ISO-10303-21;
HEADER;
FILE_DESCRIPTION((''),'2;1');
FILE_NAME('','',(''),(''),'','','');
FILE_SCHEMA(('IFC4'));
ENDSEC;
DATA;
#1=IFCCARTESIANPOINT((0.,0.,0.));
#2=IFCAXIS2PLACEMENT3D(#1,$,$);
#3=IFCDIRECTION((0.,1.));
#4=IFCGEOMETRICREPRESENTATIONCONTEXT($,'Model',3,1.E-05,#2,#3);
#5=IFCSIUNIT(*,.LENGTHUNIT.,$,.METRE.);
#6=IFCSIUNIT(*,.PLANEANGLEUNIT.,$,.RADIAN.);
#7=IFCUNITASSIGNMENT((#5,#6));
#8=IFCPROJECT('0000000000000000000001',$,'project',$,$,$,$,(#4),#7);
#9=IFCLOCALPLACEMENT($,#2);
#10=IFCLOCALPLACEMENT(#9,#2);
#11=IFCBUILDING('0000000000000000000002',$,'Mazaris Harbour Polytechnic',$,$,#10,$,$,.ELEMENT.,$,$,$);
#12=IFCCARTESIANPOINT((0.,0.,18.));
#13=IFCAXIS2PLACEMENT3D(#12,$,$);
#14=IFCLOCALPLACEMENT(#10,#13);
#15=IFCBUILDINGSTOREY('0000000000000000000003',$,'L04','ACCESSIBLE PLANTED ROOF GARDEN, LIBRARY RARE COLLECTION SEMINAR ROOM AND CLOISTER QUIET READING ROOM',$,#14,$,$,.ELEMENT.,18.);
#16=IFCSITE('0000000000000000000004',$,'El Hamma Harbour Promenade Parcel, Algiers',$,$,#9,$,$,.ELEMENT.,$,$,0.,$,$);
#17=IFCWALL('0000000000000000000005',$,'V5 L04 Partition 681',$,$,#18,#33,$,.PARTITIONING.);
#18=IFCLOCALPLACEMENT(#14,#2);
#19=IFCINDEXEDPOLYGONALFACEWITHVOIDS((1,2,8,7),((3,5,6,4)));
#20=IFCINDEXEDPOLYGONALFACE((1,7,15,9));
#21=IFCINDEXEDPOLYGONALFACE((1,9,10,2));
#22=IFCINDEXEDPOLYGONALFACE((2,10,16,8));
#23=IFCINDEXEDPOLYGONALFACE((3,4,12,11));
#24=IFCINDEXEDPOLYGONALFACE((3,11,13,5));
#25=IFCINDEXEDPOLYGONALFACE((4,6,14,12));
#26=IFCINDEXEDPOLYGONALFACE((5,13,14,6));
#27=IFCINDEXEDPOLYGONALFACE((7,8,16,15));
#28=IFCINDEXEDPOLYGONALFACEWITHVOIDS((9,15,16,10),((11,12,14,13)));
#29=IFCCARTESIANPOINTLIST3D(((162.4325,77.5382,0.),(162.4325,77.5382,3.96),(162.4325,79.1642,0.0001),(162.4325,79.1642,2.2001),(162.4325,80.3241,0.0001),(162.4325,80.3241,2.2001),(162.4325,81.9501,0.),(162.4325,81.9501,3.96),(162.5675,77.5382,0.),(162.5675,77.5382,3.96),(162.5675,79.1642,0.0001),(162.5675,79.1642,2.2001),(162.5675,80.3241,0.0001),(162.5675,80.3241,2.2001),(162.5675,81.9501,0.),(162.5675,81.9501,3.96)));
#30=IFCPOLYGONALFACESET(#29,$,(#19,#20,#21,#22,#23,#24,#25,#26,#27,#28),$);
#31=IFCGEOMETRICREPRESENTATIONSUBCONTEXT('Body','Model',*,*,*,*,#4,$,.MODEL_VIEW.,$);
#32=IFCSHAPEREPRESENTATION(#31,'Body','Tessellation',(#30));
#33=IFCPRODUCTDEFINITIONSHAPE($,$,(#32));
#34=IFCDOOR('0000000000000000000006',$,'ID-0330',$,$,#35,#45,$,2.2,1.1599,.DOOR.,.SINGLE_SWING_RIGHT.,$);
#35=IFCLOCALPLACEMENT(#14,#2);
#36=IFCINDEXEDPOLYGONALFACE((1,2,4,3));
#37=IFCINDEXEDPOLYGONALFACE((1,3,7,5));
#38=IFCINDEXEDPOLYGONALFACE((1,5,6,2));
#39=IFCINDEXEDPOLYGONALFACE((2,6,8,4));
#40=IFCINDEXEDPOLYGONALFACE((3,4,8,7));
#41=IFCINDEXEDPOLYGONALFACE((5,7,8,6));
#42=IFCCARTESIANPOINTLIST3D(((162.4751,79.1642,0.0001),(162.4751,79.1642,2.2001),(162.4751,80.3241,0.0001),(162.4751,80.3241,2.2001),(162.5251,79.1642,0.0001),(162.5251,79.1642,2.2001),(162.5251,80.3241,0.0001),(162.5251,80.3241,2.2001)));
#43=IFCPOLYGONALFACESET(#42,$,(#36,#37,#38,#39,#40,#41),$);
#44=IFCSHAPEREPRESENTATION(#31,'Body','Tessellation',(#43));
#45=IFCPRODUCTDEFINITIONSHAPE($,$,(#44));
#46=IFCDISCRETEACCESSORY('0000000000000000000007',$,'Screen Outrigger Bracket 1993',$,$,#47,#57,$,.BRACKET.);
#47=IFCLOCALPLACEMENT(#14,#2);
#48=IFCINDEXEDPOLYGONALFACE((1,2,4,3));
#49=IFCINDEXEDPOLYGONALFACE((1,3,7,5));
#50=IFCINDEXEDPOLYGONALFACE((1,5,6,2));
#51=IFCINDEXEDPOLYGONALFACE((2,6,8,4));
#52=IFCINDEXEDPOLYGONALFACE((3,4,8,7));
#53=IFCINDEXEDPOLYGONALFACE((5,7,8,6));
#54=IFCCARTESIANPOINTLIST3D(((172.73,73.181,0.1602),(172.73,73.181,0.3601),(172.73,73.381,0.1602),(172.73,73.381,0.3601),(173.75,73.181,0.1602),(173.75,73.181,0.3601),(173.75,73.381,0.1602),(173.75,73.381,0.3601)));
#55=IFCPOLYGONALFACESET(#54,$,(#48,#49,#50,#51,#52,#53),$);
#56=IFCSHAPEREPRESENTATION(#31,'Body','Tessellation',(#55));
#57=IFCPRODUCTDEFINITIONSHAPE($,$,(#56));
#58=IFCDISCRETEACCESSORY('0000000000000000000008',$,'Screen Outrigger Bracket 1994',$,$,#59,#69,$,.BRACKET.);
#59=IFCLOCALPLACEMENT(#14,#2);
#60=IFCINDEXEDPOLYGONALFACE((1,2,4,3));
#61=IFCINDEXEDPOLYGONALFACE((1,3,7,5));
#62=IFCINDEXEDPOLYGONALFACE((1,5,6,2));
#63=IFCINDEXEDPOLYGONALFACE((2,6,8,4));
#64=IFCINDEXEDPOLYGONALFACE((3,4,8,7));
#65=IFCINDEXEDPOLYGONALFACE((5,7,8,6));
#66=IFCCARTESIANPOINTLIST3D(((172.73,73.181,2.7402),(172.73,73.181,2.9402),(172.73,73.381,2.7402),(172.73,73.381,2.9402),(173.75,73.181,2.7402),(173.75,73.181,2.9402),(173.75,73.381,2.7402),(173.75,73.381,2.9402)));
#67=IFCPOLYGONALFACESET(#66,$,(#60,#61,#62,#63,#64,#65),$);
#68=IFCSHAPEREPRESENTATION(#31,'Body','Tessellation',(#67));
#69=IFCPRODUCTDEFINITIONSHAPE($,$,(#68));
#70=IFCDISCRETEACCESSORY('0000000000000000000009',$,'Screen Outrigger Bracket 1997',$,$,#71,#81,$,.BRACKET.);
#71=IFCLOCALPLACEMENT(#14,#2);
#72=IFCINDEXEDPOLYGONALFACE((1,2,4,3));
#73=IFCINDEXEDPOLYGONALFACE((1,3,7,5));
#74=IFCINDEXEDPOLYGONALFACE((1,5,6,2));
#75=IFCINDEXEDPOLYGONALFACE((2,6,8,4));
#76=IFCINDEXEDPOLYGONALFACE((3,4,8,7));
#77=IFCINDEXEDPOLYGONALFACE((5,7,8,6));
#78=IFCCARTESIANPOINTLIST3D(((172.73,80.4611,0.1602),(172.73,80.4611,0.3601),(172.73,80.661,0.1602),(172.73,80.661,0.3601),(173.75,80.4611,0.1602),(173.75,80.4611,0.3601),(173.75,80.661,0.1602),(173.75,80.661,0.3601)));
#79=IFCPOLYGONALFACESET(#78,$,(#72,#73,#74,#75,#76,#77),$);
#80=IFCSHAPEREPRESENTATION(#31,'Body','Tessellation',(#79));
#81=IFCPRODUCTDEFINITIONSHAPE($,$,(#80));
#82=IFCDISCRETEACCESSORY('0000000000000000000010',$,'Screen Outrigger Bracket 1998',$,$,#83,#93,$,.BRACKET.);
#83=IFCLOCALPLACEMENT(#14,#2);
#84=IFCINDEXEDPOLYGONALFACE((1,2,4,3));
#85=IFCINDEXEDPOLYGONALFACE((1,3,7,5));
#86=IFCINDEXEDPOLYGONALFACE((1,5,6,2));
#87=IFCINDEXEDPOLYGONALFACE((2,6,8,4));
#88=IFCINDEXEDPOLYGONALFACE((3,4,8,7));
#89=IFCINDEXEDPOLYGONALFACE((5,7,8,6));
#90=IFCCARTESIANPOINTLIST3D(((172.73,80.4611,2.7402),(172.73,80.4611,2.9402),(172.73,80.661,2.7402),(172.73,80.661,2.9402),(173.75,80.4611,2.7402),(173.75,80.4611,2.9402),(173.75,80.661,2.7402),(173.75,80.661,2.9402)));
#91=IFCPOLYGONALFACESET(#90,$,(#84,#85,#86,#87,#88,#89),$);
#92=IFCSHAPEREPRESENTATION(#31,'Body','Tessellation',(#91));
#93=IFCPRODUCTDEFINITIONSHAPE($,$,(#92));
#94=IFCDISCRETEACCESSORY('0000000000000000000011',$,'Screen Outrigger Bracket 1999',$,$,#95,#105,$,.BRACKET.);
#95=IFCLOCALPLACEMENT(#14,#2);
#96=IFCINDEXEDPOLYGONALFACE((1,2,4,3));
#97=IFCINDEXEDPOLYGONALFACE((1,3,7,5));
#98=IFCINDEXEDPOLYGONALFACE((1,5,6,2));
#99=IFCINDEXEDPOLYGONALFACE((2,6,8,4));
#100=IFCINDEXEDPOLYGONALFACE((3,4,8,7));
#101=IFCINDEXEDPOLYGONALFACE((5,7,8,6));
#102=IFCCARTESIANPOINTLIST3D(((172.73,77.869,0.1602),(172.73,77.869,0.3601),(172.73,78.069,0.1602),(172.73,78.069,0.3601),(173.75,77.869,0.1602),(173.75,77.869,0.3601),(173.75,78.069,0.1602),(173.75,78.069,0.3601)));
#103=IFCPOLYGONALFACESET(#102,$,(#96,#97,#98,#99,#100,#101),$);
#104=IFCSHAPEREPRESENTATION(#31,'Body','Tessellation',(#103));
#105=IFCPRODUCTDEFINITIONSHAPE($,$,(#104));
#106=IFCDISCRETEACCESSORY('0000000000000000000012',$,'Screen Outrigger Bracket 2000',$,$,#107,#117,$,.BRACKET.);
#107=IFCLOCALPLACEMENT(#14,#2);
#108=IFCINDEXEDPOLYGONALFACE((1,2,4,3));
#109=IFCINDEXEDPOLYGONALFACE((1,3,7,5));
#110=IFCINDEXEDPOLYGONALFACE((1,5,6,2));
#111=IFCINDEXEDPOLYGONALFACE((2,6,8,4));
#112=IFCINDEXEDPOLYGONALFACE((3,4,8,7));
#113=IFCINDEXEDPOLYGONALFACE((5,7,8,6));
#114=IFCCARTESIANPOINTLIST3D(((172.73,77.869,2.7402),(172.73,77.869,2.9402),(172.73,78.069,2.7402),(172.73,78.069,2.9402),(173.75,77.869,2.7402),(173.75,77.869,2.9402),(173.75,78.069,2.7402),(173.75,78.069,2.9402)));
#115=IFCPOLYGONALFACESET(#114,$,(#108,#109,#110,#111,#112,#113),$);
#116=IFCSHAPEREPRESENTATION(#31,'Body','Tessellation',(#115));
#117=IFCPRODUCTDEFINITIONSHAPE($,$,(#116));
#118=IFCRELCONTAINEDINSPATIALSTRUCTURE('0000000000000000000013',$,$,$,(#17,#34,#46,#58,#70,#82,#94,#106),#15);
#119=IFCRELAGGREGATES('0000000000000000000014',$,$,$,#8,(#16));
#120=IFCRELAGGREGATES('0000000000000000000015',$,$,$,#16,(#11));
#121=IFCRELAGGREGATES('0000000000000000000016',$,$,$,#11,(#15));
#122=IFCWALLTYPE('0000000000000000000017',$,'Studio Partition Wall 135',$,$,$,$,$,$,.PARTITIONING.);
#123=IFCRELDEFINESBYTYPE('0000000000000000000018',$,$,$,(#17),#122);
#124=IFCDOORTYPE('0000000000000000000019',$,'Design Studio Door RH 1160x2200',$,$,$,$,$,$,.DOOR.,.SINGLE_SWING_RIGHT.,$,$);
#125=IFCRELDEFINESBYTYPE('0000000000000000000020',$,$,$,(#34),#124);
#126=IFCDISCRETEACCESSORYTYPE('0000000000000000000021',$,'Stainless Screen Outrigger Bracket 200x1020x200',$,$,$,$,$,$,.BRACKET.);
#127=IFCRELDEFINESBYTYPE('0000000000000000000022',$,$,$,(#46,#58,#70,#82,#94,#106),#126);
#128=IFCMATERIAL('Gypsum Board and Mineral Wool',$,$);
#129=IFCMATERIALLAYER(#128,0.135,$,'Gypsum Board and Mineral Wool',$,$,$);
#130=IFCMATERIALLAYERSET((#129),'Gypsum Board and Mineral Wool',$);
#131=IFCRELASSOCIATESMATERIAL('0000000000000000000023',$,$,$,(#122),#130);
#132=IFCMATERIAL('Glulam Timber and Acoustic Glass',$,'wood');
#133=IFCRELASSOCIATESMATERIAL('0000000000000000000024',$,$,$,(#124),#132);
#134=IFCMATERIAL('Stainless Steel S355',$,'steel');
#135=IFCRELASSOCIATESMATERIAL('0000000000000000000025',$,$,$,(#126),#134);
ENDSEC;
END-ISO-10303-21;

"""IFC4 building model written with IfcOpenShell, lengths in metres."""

from ifc_helpers import new_model, si_unit, direction, frame, frame_2d, origin, origin_2d, place, context, subcontext, project, spatial, rectangle, extrude, material, layer, layer_set, type_object, element, fill, save


model = new_model("IFC4")

# Units and contexts
model_context = context("Model", 3, precision=1e-05, world=origin(), true_north=direction((0.0, 1.0)))
body_context = subcontext(model_context, "Body", "Model", "MODEL_VIEW")
ifc_project = project(units=[si_unit("LENGTHUNIT", "METRE"), si_unit("PLANEANGLEUNIT", "RADIAN")], contexts=[model_context])

# Site, building, storey
site_placement = place(None, origin())
site = spatial("IfcSite", under=ifc_project, at=site_placement, Name="El Hamma Harbour Promenade Parcel, Algiers", CompositionType="ELEMENT", RefElevation=0.0)
building_placement = place(site_placement, origin())
building = spatial("IfcBuilding", under=site, at=building_placement, Name="Mazaris Harbour Polytechnic", CompositionType="ELEMENT")
storey_placement = place(building_placement, frame((0.0, 0.0, 18.0)))
storey = spatial("IfcBuildingStorey", under=building, at=storey_placement, Name="L04", Description="ACCESSIBLE PLANTED ROOF GARDEN, LIBRARY RARE COLLECTION SEMINAR ROOM AND CLOISTER QUIET READING ROOM", CompositionType="ELEMENT", Elevation=18.0)

# Wall, opening, door
ifc_material_1 = material(Name="Gypsum Board and Mineral Wool")
ifc_layer_1 = layer(ifc_material_1, 0.135, Name="Gypsum Board and Mineral Wool")
ifc_layer_set_1 = layer_set([ifc_layer_1], Name="Gypsum Board and Mineral Wool")
wall_type_1 = type_object("IfcWallType", Name="Studio Partition Wall 135", PredefinedType="PARTITIONING", material=ifc_layer_set_1)
wall_1_placement = place(storey_placement, frame((162.5, 77.5381, 0.0), z_axis=(0.0, 0.0, 1.0), x_axis=(0.0, 1.0, 0.0)))
wall_1 = element("IfcWall", 1, at=wall_1_placement, inside=storey, type_object=wall_type_1, Name="V5 L04 Partition 681", PredefinedType="PARTITIONING", context=body_context, shape_type="SweptSolid", body=[
    extrude(rectangle(XDim=4.4119, YDim=0.135, at=frame_2d((2.2061, 0.0))), origin(), (0.0, 0.0, 1.0), 3.96),
])
opening_1_placement = place(wall_1_placement, frame((1.626, 0.0, 0.0)))
opening_1 = element("IfcOpeningElement", 2, at=opening_1_placement, cuts=wall_1, PredefinedType="OPENING", context=body_context, shape_type="SweptSolid", body=[
    extrude(rectangle(XDim=1.1599, YDim=2.2, at=frame_2d((0.5801, 1.1001))), frame((0.0, 0.0774, 0.0), z_axis=(0.0, -1.0, 0.0), x_axis=(1.0, 0.0, 0.0)), (0.0, 0.0, 1.0), 0.155),
])
ifc_material_2 = material(Name="Glulam Timber and Acoustic Glass", Category="wood")
door_type_1 = type_object("IfcDoorType", Name="Design Studio Door RH 1160x2200", OperationType="SINGLE_SWING_RIGHT", PredefinedType="DOOR", material=ifc_material_2)
door_1_placement = place(opening_1_placement, origin())
door_1 = element("IfcDoor", 3, at=door_1_placement, inside=storey, type_object=door_type_1, Name="ID-0330", OperationType="SINGLE_SWING_RIGHT", OverallHeight=2.2, OverallWidth=1.1599, PredefinedType="DOOR", context=body_context, shape_type="SweptSolid", body=[
    extrude(rectangle(XDim=1.1599, YDim=2.2, at=frame_2d((0.5801, 1.1001))), frame((0.0, 0.0249, 0.0), z_axis=(0.0, -1.0, 0.0), x_axis=(1.0, 0.0, 0.0)), (0.0, 0.0, 1.0), 0.05),
])
fill(opening_1, door_1)

# Discrete accessories
ifc_material_3 = material(Name="Stainless Steel S355", Category="steel")
discrete_accessory_type = type_object("IfcDiscreteAccessoryType", Name="Stainless Screen Outrigger Bracket 200x1020x200", PredefinedType="BRACKET", material=ifc_material_3)
for number, where, z_axis, x_axis, name in (
    (4, (173.24, 73.281, 0.1602), (0.0, 0.0, 1.0), (0.0, -1.0, 0.0), "Screen Outrigger Bracket 1993"),
    (5, (173.24, 73.281, 2.7402), (0.0, 0.0, 1.0), (0.0, -1.0, 0.0), "Screen Outrigger Bracket 1994"),
    (6, (173.24, 80.561, 0.1602), (0.0, 0.0, 1.0), (0.0, -1.0, 0.0), "Screen Outrigger Bracket 1997"),
    (7, (173.24, 80.561, 2.7402), (0.0, 0.0, 1.0), (0.0, -1.0, 0.0), "Screen Outrigger Bracket 1998"),
    (8, (173.24, 77.969, 0.1602), (0.0, 0.0, 1.0), (0.0, -1.0, 0.0), "Screen Outrigger Bracket 1999"),
    (9, (173.24, 77.969, 2.7402), (0.0, 0.0, 1.0), (0.0, -1.0, 0.0), "Screen Outrigger Bracket 2000"),
):
    element("IfcDiscreteAccessory", number, at=place(storey_placement, frame(where, z_axis=z_axis, x_axis=x_axis)), inside=storey, type_object=discrete_accessory_type, Name=name, PredefinedType="BRACKET", context=body_context, shape_type="SweptSolid", body=[
        extrude(rectangle(XDim=0.2, YDim=1.02, at=origin_2d()), origin(), (0.0, 0.0, 1.0), 0.2),
    ])

save(model, "model.ifc")
